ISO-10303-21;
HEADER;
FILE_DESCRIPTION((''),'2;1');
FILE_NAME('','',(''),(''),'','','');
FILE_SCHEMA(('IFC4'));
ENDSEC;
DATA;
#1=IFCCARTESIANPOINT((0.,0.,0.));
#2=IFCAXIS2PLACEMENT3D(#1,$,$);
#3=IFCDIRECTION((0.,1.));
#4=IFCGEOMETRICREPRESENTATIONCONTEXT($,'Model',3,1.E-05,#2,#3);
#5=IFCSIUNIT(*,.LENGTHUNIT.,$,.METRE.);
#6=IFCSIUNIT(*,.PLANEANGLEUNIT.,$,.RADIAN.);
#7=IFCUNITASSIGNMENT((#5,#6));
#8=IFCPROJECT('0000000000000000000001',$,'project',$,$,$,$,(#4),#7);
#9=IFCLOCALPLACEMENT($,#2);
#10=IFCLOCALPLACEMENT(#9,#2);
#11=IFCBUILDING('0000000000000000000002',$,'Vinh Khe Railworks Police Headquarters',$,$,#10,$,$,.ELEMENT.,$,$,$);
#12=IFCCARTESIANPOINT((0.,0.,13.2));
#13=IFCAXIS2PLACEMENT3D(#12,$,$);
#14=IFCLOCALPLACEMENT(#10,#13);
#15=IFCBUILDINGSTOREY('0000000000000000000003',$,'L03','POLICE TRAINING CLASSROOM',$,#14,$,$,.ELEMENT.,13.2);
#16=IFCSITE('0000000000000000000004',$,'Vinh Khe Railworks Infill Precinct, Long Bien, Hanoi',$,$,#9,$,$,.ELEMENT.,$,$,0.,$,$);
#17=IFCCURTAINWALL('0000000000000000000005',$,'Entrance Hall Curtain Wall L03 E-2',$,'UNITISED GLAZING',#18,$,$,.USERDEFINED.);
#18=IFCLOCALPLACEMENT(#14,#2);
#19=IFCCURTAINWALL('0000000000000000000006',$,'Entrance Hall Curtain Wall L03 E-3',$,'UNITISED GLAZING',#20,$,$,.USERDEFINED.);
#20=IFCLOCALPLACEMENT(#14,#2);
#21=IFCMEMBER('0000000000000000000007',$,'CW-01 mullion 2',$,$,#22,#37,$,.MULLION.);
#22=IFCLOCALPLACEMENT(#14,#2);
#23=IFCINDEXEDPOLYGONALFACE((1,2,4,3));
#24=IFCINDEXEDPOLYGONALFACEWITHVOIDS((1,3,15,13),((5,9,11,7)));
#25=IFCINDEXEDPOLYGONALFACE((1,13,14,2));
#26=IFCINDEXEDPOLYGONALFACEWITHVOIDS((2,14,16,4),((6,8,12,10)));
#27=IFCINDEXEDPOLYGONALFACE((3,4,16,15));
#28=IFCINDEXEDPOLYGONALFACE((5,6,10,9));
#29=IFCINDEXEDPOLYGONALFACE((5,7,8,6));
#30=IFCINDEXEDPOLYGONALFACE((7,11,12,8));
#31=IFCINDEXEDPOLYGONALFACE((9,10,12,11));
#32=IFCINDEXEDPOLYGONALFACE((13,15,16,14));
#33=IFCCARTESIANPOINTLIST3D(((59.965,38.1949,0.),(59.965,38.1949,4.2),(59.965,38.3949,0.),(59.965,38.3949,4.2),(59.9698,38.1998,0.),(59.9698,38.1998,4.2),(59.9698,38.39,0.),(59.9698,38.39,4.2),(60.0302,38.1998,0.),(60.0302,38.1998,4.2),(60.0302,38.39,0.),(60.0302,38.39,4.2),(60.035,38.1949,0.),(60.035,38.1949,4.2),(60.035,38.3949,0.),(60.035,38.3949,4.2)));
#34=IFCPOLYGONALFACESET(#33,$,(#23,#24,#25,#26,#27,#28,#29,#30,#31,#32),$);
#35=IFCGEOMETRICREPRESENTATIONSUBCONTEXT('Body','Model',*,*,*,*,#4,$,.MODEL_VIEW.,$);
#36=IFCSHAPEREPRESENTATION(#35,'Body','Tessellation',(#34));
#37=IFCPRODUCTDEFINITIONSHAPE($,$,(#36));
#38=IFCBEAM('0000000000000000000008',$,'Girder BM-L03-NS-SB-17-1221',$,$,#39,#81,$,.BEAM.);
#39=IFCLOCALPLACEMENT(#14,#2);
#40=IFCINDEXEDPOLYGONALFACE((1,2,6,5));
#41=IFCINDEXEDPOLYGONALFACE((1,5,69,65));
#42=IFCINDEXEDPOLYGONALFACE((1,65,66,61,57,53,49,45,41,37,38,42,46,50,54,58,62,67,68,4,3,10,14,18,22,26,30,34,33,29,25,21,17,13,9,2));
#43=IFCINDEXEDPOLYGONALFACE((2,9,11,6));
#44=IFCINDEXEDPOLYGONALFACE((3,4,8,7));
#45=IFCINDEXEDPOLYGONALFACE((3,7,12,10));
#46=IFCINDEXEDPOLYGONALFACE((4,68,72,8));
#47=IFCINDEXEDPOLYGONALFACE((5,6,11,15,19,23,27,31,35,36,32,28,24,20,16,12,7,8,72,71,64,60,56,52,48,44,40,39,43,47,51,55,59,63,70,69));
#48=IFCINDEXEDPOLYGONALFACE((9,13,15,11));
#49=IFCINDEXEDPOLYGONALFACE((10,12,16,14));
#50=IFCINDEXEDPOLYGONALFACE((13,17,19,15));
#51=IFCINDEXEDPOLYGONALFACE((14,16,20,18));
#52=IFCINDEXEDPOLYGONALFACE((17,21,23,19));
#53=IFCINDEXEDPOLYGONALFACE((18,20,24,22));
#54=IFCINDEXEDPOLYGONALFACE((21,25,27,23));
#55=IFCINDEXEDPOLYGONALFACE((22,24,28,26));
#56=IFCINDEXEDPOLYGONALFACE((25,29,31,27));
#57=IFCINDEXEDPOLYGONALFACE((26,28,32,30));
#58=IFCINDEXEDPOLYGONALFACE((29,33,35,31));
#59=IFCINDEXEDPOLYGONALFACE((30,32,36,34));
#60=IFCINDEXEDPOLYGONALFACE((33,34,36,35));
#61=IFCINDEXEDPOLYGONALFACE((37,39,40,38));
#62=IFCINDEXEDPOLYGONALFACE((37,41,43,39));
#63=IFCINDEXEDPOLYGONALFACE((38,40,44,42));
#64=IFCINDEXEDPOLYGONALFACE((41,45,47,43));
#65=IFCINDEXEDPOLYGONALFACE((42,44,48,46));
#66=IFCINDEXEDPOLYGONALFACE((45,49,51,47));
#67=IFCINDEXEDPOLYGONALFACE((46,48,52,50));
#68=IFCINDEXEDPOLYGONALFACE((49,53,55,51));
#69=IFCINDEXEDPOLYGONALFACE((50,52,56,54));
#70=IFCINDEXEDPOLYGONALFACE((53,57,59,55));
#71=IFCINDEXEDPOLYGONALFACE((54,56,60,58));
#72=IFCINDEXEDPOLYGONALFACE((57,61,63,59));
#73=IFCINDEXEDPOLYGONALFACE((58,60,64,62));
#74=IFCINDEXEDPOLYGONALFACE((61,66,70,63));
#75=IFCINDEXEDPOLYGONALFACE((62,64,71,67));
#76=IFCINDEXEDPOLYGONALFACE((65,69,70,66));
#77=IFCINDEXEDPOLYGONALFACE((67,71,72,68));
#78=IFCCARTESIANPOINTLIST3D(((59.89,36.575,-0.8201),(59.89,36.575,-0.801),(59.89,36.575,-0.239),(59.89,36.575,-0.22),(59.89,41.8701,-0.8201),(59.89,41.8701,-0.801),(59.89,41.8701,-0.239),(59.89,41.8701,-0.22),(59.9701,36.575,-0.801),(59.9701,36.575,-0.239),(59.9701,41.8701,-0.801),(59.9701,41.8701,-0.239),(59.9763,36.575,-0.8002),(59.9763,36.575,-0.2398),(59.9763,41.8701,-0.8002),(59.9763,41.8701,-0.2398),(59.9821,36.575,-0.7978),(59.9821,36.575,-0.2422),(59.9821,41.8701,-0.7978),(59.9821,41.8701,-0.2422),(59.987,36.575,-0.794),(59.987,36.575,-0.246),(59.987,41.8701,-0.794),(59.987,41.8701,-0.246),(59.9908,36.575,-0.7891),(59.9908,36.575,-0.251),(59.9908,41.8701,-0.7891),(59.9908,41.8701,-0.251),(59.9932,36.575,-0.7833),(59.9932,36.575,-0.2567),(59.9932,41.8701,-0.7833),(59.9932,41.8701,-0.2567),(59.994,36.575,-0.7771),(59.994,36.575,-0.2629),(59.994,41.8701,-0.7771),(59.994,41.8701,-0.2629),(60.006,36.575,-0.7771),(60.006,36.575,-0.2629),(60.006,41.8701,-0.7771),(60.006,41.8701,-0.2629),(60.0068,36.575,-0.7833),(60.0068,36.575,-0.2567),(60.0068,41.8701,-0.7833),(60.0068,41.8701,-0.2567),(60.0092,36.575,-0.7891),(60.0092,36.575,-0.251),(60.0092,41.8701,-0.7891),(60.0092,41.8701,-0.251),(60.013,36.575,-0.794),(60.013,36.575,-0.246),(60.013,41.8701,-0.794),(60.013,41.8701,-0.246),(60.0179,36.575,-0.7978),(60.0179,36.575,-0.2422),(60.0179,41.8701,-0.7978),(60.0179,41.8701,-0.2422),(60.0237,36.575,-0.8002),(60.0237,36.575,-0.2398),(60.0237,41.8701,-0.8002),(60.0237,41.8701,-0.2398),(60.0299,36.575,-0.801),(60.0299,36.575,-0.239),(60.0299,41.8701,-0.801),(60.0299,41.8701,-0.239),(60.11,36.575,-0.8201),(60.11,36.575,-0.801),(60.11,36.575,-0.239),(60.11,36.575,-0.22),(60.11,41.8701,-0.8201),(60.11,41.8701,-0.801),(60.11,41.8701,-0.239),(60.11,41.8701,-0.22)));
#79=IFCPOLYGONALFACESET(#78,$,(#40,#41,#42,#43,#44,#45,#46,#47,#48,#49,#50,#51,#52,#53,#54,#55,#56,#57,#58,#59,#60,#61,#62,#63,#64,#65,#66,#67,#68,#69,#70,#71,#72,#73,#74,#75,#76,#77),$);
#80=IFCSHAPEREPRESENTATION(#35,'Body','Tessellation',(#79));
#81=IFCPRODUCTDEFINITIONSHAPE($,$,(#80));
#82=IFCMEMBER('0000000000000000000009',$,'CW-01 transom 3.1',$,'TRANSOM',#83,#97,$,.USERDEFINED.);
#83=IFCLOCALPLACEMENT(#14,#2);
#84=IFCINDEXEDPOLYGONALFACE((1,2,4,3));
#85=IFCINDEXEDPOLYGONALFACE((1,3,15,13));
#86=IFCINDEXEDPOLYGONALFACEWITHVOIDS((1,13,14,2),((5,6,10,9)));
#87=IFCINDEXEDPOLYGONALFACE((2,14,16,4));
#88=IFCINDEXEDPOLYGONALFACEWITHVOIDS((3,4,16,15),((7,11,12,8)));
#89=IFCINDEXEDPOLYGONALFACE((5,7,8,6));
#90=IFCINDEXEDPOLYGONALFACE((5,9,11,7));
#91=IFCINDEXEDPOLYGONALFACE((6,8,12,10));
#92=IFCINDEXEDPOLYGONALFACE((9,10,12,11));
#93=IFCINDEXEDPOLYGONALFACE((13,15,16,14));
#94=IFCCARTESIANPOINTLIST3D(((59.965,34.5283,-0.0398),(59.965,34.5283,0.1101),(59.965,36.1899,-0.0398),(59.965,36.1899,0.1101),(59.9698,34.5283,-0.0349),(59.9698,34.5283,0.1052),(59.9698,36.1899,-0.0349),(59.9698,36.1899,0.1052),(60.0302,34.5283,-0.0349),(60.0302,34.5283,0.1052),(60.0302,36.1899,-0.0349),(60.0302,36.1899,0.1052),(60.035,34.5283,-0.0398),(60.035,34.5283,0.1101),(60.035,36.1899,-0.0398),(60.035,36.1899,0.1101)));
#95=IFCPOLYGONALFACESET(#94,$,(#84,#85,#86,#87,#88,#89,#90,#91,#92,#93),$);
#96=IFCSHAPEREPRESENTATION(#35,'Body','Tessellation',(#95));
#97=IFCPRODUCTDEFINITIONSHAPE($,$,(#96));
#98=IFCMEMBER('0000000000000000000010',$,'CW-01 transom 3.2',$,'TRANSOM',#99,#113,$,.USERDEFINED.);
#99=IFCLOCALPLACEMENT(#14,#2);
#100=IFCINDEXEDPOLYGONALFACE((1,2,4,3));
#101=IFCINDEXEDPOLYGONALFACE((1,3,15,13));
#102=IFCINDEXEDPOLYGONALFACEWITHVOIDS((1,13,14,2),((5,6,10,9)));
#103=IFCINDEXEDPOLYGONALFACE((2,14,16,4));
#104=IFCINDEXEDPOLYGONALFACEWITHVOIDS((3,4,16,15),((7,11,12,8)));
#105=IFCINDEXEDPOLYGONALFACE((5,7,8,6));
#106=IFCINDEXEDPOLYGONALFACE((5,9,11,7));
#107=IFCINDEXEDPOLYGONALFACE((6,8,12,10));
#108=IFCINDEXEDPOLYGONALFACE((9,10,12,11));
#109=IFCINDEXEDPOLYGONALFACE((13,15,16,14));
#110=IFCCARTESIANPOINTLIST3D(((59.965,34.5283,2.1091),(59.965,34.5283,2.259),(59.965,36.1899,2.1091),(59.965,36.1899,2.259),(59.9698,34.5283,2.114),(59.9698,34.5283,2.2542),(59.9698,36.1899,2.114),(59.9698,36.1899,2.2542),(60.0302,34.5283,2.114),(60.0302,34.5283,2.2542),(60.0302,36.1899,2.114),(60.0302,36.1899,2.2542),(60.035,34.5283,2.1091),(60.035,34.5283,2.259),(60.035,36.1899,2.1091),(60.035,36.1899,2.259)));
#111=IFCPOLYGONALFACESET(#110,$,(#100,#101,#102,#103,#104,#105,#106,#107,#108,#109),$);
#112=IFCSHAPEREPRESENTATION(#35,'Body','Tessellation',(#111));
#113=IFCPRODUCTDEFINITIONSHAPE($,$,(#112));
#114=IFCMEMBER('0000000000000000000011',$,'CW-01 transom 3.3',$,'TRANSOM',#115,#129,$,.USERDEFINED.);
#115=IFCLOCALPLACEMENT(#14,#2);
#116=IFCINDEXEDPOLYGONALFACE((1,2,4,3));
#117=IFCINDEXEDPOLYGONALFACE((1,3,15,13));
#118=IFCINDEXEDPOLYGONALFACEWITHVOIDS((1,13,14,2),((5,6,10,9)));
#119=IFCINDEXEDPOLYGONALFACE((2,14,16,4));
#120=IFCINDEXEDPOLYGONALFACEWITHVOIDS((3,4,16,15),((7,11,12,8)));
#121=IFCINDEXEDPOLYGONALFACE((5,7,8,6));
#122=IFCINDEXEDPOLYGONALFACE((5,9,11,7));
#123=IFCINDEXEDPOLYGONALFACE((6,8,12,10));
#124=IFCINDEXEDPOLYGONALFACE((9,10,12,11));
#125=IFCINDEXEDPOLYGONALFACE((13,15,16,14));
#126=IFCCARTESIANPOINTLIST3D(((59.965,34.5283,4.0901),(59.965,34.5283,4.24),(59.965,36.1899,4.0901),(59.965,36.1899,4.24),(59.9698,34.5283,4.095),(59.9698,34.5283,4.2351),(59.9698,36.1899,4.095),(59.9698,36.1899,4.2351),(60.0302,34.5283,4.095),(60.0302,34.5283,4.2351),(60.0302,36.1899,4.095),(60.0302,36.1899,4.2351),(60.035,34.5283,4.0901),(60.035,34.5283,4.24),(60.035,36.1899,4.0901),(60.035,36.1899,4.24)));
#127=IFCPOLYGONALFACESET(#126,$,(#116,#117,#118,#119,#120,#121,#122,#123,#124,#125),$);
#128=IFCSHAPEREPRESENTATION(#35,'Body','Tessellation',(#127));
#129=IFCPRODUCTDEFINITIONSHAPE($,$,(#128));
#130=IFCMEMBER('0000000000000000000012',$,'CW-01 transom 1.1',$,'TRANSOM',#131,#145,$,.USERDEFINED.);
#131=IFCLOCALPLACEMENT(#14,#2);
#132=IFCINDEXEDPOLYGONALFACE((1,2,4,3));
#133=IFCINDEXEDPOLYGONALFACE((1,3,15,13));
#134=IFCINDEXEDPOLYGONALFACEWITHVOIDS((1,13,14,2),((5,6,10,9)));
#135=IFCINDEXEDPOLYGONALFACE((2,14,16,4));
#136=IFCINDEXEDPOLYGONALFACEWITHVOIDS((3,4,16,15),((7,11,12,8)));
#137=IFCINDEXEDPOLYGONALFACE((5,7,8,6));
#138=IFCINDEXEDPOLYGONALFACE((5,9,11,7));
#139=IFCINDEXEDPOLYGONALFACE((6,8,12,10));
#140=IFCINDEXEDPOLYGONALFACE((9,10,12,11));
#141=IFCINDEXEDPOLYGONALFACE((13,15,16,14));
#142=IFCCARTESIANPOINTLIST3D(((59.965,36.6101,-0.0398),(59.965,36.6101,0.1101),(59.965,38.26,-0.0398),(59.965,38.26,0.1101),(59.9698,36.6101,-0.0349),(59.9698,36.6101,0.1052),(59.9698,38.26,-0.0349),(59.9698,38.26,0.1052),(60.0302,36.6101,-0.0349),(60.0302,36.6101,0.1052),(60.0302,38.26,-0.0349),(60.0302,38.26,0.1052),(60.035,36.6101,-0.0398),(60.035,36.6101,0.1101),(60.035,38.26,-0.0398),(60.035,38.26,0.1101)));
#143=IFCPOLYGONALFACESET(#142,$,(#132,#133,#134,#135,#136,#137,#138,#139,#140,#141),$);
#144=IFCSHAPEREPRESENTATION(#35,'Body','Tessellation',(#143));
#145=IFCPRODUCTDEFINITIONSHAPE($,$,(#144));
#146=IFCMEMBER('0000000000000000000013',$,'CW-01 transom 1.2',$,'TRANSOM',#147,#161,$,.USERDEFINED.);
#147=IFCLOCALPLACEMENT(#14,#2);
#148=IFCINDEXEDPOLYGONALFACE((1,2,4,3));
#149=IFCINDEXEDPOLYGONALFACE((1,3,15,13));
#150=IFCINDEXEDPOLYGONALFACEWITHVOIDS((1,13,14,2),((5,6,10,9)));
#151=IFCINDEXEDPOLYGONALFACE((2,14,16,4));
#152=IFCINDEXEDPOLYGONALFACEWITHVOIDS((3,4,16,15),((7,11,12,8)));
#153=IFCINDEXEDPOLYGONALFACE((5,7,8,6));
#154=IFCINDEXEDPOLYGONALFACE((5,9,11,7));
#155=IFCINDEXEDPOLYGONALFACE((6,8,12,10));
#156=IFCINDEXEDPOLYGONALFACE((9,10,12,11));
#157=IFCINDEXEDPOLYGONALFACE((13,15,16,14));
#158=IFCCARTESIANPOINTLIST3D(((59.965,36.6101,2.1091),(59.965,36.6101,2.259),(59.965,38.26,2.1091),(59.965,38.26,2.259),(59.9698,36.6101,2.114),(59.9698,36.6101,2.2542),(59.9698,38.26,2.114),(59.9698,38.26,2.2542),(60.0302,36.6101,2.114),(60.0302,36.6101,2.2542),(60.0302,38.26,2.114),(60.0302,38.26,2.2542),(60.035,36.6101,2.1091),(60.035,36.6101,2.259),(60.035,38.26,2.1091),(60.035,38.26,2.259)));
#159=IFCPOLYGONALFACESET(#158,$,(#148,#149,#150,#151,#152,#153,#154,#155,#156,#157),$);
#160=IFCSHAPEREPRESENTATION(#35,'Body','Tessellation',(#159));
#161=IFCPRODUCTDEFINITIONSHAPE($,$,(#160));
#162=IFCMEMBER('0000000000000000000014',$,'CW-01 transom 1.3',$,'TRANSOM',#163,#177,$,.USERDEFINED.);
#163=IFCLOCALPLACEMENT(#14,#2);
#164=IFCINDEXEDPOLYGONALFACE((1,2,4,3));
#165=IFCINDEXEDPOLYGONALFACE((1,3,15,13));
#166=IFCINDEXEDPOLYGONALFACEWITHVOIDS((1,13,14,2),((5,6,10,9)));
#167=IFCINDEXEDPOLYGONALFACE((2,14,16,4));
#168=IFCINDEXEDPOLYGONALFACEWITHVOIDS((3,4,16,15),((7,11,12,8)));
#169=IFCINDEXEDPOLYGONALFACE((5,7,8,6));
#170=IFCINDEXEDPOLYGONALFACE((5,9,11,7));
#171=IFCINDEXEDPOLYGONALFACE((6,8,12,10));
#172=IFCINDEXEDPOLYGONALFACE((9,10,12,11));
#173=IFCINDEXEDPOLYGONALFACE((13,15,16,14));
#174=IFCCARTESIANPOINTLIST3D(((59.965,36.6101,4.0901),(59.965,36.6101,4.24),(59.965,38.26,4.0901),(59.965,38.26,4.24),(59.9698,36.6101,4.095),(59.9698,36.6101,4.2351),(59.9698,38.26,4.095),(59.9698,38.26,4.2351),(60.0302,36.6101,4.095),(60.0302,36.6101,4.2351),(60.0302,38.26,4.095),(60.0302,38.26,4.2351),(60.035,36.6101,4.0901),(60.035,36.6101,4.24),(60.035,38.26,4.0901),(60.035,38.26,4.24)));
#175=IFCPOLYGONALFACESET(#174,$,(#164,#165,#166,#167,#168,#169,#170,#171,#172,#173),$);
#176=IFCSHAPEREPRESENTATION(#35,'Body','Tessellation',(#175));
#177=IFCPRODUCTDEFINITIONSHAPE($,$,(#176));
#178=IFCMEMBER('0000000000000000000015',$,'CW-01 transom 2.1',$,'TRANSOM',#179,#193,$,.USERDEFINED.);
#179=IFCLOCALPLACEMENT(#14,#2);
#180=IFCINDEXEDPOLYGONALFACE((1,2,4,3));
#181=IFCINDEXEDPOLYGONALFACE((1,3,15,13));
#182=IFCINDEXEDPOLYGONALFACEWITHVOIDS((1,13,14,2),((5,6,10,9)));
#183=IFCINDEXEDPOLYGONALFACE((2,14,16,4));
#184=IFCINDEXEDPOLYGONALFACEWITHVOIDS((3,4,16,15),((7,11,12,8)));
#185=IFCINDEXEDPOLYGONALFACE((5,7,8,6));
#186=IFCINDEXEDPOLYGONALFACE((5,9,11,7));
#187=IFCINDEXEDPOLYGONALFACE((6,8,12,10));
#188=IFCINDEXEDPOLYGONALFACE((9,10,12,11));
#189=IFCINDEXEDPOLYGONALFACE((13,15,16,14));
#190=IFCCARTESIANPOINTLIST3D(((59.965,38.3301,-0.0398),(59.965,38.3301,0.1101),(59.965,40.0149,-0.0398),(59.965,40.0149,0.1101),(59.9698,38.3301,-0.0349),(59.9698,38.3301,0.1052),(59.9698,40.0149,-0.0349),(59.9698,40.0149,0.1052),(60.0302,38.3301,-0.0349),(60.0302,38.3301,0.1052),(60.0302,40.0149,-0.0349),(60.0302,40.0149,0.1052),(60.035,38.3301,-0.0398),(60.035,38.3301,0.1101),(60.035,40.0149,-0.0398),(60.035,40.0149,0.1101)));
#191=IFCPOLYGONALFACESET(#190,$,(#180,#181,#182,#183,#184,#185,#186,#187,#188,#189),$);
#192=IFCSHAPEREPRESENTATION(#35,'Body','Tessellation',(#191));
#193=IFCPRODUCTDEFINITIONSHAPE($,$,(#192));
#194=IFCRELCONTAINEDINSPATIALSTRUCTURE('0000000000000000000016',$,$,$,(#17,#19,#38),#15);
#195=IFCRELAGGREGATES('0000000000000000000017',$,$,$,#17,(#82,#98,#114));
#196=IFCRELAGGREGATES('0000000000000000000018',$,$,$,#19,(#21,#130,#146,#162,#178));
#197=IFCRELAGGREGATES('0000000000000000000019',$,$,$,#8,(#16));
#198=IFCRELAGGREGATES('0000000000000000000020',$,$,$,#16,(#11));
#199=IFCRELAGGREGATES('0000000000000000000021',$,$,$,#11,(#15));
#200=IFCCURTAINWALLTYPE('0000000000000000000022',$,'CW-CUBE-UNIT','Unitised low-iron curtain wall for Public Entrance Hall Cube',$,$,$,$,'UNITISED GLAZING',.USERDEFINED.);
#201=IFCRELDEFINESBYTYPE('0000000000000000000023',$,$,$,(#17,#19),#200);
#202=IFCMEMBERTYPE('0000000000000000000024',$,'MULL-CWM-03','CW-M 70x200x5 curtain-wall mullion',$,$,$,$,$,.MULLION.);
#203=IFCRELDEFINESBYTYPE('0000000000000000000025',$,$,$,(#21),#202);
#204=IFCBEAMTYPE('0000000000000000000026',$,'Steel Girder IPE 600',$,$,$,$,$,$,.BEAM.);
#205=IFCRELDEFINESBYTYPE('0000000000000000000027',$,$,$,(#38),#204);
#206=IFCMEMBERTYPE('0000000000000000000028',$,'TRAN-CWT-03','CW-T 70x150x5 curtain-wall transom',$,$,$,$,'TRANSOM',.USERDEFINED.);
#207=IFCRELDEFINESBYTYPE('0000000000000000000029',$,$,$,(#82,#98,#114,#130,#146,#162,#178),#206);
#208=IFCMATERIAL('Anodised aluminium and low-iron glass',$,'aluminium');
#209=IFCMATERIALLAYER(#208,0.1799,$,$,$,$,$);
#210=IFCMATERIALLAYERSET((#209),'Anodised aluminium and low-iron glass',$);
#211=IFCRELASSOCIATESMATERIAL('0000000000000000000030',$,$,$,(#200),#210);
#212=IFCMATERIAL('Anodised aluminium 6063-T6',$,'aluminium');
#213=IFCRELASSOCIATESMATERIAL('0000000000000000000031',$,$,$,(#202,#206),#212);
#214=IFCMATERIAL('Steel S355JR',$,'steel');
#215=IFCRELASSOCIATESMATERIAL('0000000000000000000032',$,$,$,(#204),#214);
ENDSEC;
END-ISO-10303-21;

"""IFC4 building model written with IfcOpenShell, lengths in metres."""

from ifc_helpers import new_model, si_unit, direction, frame, origin, origin_2d, place, context, subcontext, project, spatial, hollow_rectangle, i_section, extrude, material, layer, layer_set, material_profile, profile_set, type_object, element, aggregate, save


model = new_model("IFC4")

# Units and contexts
model_context = context("Model", 3, precision=1e-05, world=origin(), true_north=direction((0.0, 1.0)))
body_context = subcontext(model_context, "Body", "Model", "MODEL_VIEW")
ifc_project = project(units=[si_unit("LENGTHUNIT", "METRE"), si_unit("PLANEANGLEUNIT", "RADIAN")], contexts=[model_context])

# Site, building, storey
site_placement = place(None, origin())
site = spatial("IfcSite", under=ifc_project, at=site_placement, Name="Vinh Khe Railworks Infill Precinct, Long Bien, Hanoi", CompositionType="ELEMENT", RefElevation=0.0)
building_placement = place(site_placement, origin())
building = spatial("IfcBuilding", under=site, at=building_placement, Name="Vinh Khe Railworks Police Headquarters", CompositionType="ELEMENT")
storey_placement = place(building_placement, frame((0.0, 0.0, 13.2)))
storey = spatial("IfcBuildingStorey", under=building, at=storey_placement, Name="L03", Description="POLICE TRAINING CLASSROOM", CompositionType="ELEMENT", Elevation=13.2)

# Shared definitions
ifc_material_1 = material(Name="Steel S355JR", Category="steel")

# Curtain wall
ifc_material_2 = material(Name="Anodised aluminium and low-iron glass", Category="aluminium")
ifc_layer_1 = layer(ifc_material_2, 0.1799)
ifc_layer_set_1 = layer_set([ifc_layer_1], Name="Anodised aluminium and low-iron glass")
curtain_wall_type = type_object("IfcCurtainWallType", Name="CW-CUBE-UNIT", Description="Unitised low-iron curtain wall for Public Entrance Hall Cube", ElementType="UNITISED GLAZING", PredefinedType="USERDEFINED", material=ifc_layer_set_1)
curtain_wall_1_placement = place(storey_placement, origin())
curtain_wall_1 = element("IfcCurtainWall", 1, at=curtain_wall_1_placement, inside=storey, type_object=curtain_wall_type, Name="Entrance Hall Curtain Wall L03 E-2", ObjectType="UNITISED GLAZING", PredefinedType="USERDEFINED")
ifc_material_3 = material(Name="Anodised aluminium 6063-T6", Category="aluminium")
ifc_material_profile_1 = material_profile(ifc_material_3, hollow_rectangle(XDim=0.0701, YDim=0.2, WallThickness=0.0049, at=origin_2d()), Name="CW-M 70x200x5")
ifc_profile_set_1 = profile_set([ifc_material_profile_1], Name="Anodised aluminium 6063-T6")
member_type_1 = type_object("IfcMemberType", Name="MULL-CWM-03", Description="CW-M 70x200x5 curtain-wall mullion", PredefinedType="MULLION", material=ifc_profile_set_1)

# Curtain wall, member
curtain_wall_2_placement = place(storey_placement, origin())
curtain_wall_2 = element("IfcCurtainWall", 2, at=curtain_wall_2_placement, inside=storey, type_object=curtain_wall_type, Name="Entrance Hall Curtain Wall L03 E-3", ObjectType="UNITISED GLAZING", PredefinedType="USERDEFINED")
member_1_placement = place(storey_placement, frame((60.0, 38.2949, 0.0), z_axis=(0.0, 0.0, 1.0), x_axis=(-1.0, 0.0, 0.0)))
member_1 = element("IfcMember", 3, at=member_1_placement, type_object=member_type_1, Name="CW-01 mullion 2", PredefinedType="MULLION", context=body_context, shape_type="SweptSolid", body=[
    extrude(hollow_rectangle(XDim=0.0701, YDim=0.2, WallThickness=0.0049, at=origin_2d()), origin(), (0.0, 0.0, 1.0), 4.2),
])

# Beam
ifc_material_profile_2 = material_profile(ifc_material_1, i_section(OverallWidth=0.22, OverallDepth=0.6001, WebThickness=0.012, FlangeThickness=0.019, FilletRadius=0.0239, at=origin_2d()), Name="IPE 600")
ifc_profile_set_2 = profile_set([ifc_material_profile_2], Name="Steel S355JR")
beam_type = type_object("IfcBeamType", Name="Steel Girder IPE 600", PredefinedType="BEAM", material=ifc_profile_set_2)
beam_placement = place(storey_placement, frame((60.0, 36.575, -0.52), z_axis=(0.0, 1.0, 0.0), x_axis=(-1.0, 0.0, 0.0)))
element("IfcBeam", 4, at=beam_placement, inside=storey, type_object=beam_type, Name="Girder BM-L03-NS-SB-17-1221", PredefinedType="BEAM", context=body_context, shape_type="SweptSolid", body=[
    extrude(i_section(OverallWidth=0.22, OverallDepth=0.6001, WebThickness=0.012, FlangeThickness=0.019, FilletRadius=0.0239, at=origin_2d()), origin(), (0.0, 0.0, 1.0), 5.2952),
])

# Members
ifc_material_profile_3 = material_profile(ifc_material_3, hollow_rectangle(XDim=0.0701, YDim=0.1499, WallThickness=0.0049, at=origin_2d()), Name="CW-T 70x150x5")
ifc_profile_set_3 = profile_set([ifc_material_profile_3], Name="Anodised aluminium 6063-T6")
member_type_2 = type_object("IfcMemberType", Name="TRAN-CWT-03", Description="CW-T 70x150x5 curtain-wall transom", ElementType="TRANSOM", PredefinedType="USERDEFINED", material=ifc_profile_set_3)
member_2_placement = place(storey_placement, frame((60.0, 34.5283, 0.0352), z_axis=(0.0, 1.0, 0.0), x_axis=(-1.0, 0.0, 0.0)))
member_2 = element("IfcMember", 5, at=member_2_placement, type_object=member_type_2, Name="CW-01 transom 3.1", ObjectType="TRANSOM", PredefinedType="USERDEFINED", context=body_context, shape_type="SweptSolid", body=[
    extrude(hollow_rectangle(XDim=0.0701, YDim=0.1499, WallThickness=0.0049, at=origin_2d()), origin(), (0.0, 0.0, 1.0), 1.6616),
])
member_3_placement = place(storey_placement, frame((60.0, 34.5283, 2.1841), z_axis=(0.0, 1.0, 0.0), x_axis=(-1.0, 0.0, 0.0)))
member_3 = element("IfcMember", 6, at=member_3_placement, type_object=member_type_2, Name="CW-01 transom 3.2", ObjectType="TRANSOM", PredefinedType="USERDEFINED", context=body_context, shape_type="SweptSolid", body=[
    extrude(hollow_rectangle(XDim=0.0701, YDim=0.1499, WallThickness=0.0049, at=origin_2d()), origin(), (0.0, 0.0, 1.0), 1.6616),
])
member_4_placement = place(storey_placement, frame((60.0, 34.5283, 4.165), z_axis=(0.0, 1.0, 0.0), x_axis=(-1.0, 0.0, 0.0)))
member_4 = element("IfcMember", 7, at=member_4_placement, type_object=member_type_2, Name="CW-01 transom 3.3", ObjectType="TRANSOM", PredefinedType="USERDEFINED", context=body_context, shape_type="SweptSolid", body=[
    extrude(hollow_rectangle(XDim=0.0701, YDim=0.1499, WallThickness=0.0049, at=origin_2d()), origin(), (0.0, 0.0, 1.0), 1.6616),
])
member_5_placement = place(storey_placement, frame((60.0, 36.6101, 0.0352), z_axis=(0.0, 1.0, 0.0), x_axis=(-1.0, 0.0, 0.0)))
member_5 = element("IfcMember", 8, at=member_5_placement, type_object=member_type_2, Name="CW-01 transom 1.1", ObjectType="TRANSOM", PredefinedType="USERDEFINED", context=body_context, shape_type="SweptSolid", body=[
    extrude(hollow_rectangle(XDim=0.0701, YDim=0.1499, WallThickness=0.0049, at=origin_2d()), origin(), (0.0, 0.0, 1.0), 1.6499),
])
member_6_placement = place(storey_placement, frame((60.0, 36.6101, 2.1841), z_axis=(0.0, 1.0, 0.0), x_axis=(-1.0, 0.0, 0.0)))
member_6 = element("IfcMember", 9, at=member_6_placement, type_object=member_type_2, Name="CW-01 transom 1.2", ObjectType="TRANSOM", PredefinedType="USERDEFINED", context=body_context, shape_type="SweptSolid", body=[
    extrude(hollow_rectangle(XDim=0.0701, YDim=0.1499, WallThickness=0.0049, at=origin_2d()), origin(), (0.0, 0.0, 1.0), 1.6499),
])
member_7_placement = place(storey_placement, frame((60.0, 36.6101, 4.165), z_axis=(0.0, 1.0, 0.0), x_axis=(-1.0, 0.0, 0.0)))
member_7 = element("IfcMember", 10, at=member_7_placement, type_object=member_type_2, Name="CW-01 transom 1.3", ObjectType="TRANSOM", PredefinedType="USERDEFINED", context=body_context, shape_type="SweptSolid", body=[
    extrude(hollow_rectangle(XDim=0.0701, YDim=0.1499, WallThickness=0.0049, at=origin_2d()), origin(), (0.0, 0.0, 1.0), 1.6499),
])
member_8_placement = place(storey_placement, frame((60.0, 38.3301, 0.0352), z_axis=(0.0, 1.0, 0.0), x_axis=(-1.0, 0.0, 0.0)))
member_8 = element("IfcMember", 11, at=member_8_placement, type_object=member_type_2, Name="CW-01 transom 2.1", ObjectType="TRANSOM", PredefinedType="USERDEFINED", context=body_context, shape_type="SweptSolid", body=[
    extrude(hollow_rectangle(XDim=0.0701, YDim=0.1499, WallThickness=0.0049, at=origin_2d()), origin(), (0.0, 0.0, 1.0), 1.6848),
])

aggregate(curtain_wall_1, [member_2, member_3, member_4])
aggregate(curtain_wall_2, [member_1, member_5, member_6, member_7, member_8])

save(model, "model.ifc")
